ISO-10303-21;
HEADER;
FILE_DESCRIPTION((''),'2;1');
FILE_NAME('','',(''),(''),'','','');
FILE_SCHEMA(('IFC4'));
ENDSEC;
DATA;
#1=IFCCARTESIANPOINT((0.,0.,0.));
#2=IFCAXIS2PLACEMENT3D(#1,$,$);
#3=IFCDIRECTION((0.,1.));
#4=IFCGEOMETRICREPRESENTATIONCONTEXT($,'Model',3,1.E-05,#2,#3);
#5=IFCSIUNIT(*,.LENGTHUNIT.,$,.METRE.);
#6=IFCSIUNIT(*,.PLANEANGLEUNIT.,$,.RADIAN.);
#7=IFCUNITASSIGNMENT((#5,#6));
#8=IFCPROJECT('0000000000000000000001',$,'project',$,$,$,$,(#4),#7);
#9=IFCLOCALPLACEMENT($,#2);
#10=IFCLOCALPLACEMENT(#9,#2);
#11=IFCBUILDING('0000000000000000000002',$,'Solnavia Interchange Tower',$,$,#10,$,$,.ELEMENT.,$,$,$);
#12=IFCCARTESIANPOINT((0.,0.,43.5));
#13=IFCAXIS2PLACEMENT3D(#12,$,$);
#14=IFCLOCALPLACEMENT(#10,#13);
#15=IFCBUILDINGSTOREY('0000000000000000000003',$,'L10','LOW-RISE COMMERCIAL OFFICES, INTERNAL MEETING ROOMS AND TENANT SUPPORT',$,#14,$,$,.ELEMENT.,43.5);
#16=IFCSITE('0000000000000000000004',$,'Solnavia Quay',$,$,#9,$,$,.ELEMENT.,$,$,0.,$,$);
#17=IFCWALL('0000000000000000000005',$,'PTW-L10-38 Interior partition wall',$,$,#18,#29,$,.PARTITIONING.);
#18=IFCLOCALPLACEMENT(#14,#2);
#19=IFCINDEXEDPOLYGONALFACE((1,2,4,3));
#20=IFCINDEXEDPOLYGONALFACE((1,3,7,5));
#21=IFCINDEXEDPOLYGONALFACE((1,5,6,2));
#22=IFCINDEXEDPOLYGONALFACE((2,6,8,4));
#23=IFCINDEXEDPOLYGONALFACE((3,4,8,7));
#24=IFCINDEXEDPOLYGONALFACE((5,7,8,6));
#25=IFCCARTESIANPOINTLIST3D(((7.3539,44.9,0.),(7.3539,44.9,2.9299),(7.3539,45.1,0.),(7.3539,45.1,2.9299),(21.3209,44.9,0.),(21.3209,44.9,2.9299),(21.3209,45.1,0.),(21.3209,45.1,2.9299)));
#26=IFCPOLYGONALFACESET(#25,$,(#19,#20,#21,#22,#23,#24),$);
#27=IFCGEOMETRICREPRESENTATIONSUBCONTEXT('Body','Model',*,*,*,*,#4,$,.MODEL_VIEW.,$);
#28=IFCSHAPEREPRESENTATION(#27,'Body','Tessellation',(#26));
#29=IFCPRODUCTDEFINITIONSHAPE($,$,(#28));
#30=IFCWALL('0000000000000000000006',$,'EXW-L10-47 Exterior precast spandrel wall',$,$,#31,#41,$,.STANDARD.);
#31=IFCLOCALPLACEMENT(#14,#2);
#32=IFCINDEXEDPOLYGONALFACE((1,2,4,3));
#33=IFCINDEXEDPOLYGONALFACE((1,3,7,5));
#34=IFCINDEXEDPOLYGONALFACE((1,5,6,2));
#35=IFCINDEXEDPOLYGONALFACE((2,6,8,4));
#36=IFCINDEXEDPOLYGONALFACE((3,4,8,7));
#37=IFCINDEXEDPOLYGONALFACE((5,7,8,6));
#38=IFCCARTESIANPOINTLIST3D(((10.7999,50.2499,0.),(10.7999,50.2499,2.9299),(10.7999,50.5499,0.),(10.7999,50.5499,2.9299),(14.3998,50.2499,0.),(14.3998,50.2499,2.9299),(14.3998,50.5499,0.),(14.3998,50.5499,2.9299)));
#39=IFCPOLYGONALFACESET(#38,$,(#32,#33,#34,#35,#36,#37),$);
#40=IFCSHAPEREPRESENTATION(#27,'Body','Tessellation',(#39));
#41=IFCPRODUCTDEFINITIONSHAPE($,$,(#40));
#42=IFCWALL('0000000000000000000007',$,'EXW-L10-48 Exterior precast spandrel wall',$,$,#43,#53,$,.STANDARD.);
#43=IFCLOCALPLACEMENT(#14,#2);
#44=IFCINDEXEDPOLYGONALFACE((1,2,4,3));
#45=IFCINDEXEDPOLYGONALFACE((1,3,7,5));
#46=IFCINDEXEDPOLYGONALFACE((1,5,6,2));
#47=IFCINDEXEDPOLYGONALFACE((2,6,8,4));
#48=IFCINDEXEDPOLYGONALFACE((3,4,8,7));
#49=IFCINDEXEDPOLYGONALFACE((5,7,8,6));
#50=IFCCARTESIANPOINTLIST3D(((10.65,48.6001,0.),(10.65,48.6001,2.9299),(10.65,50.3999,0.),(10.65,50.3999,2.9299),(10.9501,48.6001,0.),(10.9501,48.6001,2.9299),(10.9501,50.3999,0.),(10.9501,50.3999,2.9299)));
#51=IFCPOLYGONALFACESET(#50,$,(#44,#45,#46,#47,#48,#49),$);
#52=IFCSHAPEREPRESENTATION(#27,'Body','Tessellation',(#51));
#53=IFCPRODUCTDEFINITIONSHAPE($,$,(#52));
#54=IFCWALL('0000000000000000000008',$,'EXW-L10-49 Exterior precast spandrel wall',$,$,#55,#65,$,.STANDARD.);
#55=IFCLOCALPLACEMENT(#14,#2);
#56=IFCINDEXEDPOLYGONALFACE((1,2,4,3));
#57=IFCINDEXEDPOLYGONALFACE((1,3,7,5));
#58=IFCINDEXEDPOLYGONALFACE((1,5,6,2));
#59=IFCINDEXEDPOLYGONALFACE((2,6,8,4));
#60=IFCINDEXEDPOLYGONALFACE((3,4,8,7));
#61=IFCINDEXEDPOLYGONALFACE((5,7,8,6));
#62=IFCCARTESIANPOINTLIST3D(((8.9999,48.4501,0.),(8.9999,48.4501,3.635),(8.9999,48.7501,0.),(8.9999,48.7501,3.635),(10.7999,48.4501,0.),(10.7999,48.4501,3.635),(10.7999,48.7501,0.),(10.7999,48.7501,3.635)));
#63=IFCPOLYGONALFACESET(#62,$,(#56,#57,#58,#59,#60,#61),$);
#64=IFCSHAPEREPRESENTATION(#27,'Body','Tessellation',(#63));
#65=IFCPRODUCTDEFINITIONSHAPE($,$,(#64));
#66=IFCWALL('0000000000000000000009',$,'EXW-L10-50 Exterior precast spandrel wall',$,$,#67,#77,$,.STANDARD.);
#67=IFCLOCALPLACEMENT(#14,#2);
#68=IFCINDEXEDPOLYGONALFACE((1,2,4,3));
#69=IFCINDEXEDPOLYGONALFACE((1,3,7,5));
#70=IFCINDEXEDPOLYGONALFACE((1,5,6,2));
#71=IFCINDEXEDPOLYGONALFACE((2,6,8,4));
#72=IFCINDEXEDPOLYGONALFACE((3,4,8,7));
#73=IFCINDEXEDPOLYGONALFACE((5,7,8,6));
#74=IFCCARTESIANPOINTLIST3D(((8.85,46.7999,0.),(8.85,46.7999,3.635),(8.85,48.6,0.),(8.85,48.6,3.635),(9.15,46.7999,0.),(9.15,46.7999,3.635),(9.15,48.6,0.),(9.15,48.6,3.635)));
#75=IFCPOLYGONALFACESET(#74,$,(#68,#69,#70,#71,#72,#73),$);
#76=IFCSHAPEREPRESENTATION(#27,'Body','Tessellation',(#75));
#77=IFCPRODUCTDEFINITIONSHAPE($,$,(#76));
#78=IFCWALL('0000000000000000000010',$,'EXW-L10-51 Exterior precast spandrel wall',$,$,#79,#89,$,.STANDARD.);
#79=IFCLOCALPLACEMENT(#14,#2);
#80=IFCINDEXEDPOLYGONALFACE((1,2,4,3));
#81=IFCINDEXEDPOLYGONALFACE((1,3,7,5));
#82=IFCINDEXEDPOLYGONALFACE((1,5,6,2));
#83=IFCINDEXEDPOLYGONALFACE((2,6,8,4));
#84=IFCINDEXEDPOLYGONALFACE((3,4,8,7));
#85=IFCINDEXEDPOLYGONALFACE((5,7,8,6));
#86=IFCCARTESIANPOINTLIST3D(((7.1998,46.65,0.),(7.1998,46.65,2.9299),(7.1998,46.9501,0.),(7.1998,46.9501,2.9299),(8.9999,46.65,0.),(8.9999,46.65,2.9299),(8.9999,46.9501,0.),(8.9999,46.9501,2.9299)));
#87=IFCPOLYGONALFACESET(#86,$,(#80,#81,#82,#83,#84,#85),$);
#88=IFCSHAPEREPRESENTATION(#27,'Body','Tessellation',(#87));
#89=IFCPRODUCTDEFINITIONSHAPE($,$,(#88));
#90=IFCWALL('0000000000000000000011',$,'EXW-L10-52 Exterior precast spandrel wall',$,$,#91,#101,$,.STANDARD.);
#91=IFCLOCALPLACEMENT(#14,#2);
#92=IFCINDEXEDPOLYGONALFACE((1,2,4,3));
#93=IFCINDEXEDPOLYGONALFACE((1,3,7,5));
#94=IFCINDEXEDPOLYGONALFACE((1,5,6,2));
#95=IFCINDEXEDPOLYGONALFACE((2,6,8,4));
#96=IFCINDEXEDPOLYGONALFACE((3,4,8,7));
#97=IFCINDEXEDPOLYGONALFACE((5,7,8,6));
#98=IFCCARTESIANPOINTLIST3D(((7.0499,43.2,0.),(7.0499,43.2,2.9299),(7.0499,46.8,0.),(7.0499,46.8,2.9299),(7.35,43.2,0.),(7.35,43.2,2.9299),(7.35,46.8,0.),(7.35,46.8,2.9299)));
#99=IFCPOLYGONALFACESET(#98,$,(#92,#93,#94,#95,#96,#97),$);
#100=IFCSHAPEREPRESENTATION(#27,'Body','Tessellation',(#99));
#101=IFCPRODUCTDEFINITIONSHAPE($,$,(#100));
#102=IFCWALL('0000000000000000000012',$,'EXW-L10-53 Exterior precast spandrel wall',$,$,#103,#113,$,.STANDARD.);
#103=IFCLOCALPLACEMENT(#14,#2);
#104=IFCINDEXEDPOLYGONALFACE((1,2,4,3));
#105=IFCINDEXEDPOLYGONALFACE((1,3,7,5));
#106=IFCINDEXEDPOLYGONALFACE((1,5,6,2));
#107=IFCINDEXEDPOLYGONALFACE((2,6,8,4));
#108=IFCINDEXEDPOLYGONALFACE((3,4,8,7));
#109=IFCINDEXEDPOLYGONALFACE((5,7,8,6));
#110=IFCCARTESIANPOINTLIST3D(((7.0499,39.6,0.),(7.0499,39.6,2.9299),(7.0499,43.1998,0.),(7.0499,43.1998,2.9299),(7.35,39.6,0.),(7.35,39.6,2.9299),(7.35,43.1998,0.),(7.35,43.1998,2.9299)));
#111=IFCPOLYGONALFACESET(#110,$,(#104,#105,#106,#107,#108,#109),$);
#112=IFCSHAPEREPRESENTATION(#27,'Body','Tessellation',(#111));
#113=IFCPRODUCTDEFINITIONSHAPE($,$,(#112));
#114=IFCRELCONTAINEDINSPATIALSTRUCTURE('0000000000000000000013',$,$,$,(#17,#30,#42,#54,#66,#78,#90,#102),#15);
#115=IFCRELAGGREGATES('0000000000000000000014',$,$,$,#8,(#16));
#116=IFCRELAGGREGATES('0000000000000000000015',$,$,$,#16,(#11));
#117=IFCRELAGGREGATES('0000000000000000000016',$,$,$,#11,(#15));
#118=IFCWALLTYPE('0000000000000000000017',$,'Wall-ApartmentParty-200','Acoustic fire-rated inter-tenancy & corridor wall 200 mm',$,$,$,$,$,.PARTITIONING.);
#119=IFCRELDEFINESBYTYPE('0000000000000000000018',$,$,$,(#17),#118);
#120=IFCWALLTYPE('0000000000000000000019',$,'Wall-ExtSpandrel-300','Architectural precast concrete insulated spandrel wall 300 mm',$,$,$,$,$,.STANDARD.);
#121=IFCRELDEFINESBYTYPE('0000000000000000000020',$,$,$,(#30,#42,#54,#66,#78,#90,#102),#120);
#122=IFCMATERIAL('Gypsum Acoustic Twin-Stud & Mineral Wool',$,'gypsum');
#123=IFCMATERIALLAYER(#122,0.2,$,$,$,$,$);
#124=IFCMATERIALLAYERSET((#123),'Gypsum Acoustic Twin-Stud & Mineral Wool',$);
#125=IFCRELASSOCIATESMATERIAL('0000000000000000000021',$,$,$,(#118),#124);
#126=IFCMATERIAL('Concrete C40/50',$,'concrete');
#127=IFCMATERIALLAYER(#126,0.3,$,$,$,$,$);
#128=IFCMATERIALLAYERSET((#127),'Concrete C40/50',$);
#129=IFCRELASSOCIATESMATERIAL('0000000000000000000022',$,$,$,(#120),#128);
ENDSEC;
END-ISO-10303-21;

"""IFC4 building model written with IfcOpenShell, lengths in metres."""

from ifc_helpers import new_model, si_unit, direction, frame, frame_2d, origin, place, context, subcontext, project, spatial, rectangle, extrude, material, layer, layer_set, type_object, element, save


model = new_model("IFC4")

# Units and contexts
model_context = context("Model", 3, precision=1e-05, world=origin(), true_north=direction((0.0, 1.0)))
body_context = subcontext(model_context, "Body", "Model", "MODEL_VIEW")
ifc_project = project(units=[si_unit("LENGTHUNIT", "METRE"), si_unit("PLANEANGLEUNIT", "RADIAN")], contexts=[model_context])

# Site, building, storey
site_placement = place(None, origin())
site = spatial("IfcSite", under=ifc_project, at=site_placement, Name="Solnavia Quay", CompositionType="ELEMENT", RefElevation=0.0)
building_placement = place(site_placement, origin())
building = spatial("IfcBuilding", under=site, at=building_placement, Name="Solnavia Interchange Tower", CompositionType="ELEMENT")
storey_placement = place(building_placement, frame((0.0, 0.0, 43.5)))
storey = spatial("IfcBuildingStorey", under=building, at=storey_placement, Name="L10", Description="LOW-RISE COMMERCIAL OFFICES, INTERNAL MEETING ROOMS AND TENANT SUPPORT", CompositionType="ELEMENT", Elevation=43.5)

# Walls
ifc_material_1 = material(Name="Gypsum Acoustic Twin-Stud & Mineral Wool", Category="gypsum")
ifc_layer_1 = layer(ifc_material_1, 0.2)
ifc_layer_set_1 = layer_set([ifc_layer_1], Name="Gypsum Acoustic Twin-Stud & Mineral Wool")
wall_type_1 = type_object("IfcWallType", Name="Wall-ApartmentParty-200", Description="Acoustic fire-rated inter-tenancy & corridor wall 200 mm", PredefinedType="PARTITIONING", material=ifc_layer_set_1)
wall_1_placement = place(storey_placement, frame((7.354, 45.0, 0.0), z_axis=(0.0, 0.0, 1.0), x_axis=(1.0, 0.0, 0.0)))
element("IfcWall", 1, at=wall_1_placement, inside=storey, type_object=wall_type_1, Name="PTW-L10-38 Interior partition wall", PredefinedType="PARTITIONING", context=body_context, shape_type="SweptSolid", body=[
    extrude(rectangle(XDim=13.967, YDim=0.2, at=frame_2d((6.9834, 0.0))), origin(), (0.0, 0.0, 1.0), 2.9299),
])
ifc_material_2 = material(Name="Concrete C40/50", Category="concrete")
ifc_layer_2 = layer(ifc_material_2, 0.3)
ifc_layer_set_2 = layer_set([ifc_layer_2], Name="Concrete C40/50")
wall_type_2 = type_object("IfcWallType", Name="Wall-ExtSpandrel-300", Description="Architectural precast concrete insulated spandrel wall 300 mm", PredefinedType="STANDARD", material=ifc_layer_set_2)
wall_2_placement = place(storey_placement, frame((10.8, 50.3999, 0.0), z_axis=(0.0, 0.0, 1.0), x_axis=(1.0, 0.0, 0.0)))
element("IfcWall", 2, at=wall_2_placement, inside=storey, type_object=wall_type_2, Name="EXW-L10-47 Exterior precast spandrel wall", PredefinedType="STANDARD", context=body_context, shape_type="SweptSolid", body=[
    extrude(rectangle(XDim=3.5999, YDim=0.3, at=frame_2d((1.7998, 0.0))), origin(), (0.0, 0.0, 1.0), 2.9299),
])
wall_3_placement = place(storey_placement, frame((10.8, 48.6001, 0.0), z_axis=(0.0, 0.0, 1.0), x_axis=(0.0, 1.0, 0.0)))
element("IfcWall", 3, at=wall_3_placement, inside=storey, type_object=wall_type_2, Name="EXW-L10-48 Exterior precast spandrel wall", PredefinedType="STANDARD", context=body_context, shape_type="SweptSolid", body=[
    extrude(rectangle(XDim=1.7998, YDim=0.3, at=frame_2d((0.8999, 0.0))), origin(), (0.0, 0.0, 1.0), 2.9299),
])
for number, where, z_axis, x_axis, name in (
    (4, (9.0, 48.6001, 0.0), (0.0, 0.0, 1.0), (1.0, 0.0, 0.0), "EXW-L10-49 Exterior precast spandrel wall"),
    (5, (9.0, 46.8, 0.0), (0.0, 0.0, 1.0), (0.0, 1.0, 0.0), "EXW-L10-50 Exterior precast spandrel wall"),
):
    element("IfcWall", number, at=place(storey_placement, frame(where, z_axis=z_axis, x_axis=x_axis)), inside=storey, type_object=wall_type_2, Name=name, PredefinedType="STANDARD", context=body_context, shape_type="SweptSolid", body=[
        extrude(rectangle(XDim=1.8, YDim=0.3, at=frame_2d((0.8999, 0.0))), origin(), (0.0, 0.0, 1.0), 3.635),
    ])
wall_4_placement = place(storey_placement, frame((7.2, 46.8, 0.0), z_axis=(0.0, 0.0, 1.0), x_axis=(1.0, 0.0, 0.0)))
element("IfcWall", 6, at=wall_4_placement, inside=storey, type_object=wall_type_2, Name="EXW-L10-51 Exterior precast spandrel wall", PredefinedType="STANDARD", context=body_context, shape_type="SweptSolid", body=[
    extrude(rectangle(XDim=1.8, YDim=0.3, at=frame_2d((0.8999, 0.0))), origin(), (0.0, 0.0, 1.0), 2.9299),
])
wall_5_placement = place(storey_placement, frame((7.2, 43.2, 0.0), z_axis=(0.0, 0.0, 1.0), x_axis=(0.0, 1.0, 0.0)))
element("IfcWall", 7, at=wall_5_placement, inside=storey, type_object=wall_type_2, Name="EXW-L10-52 Exterior precast spandrel wall", PredefinedType="STANDARD", context=body_context, shape_type="SweptSolid", body=[
    extrude(rectangle(XDim=3.6001, YDim=0.3, at=frame_2d((1.8, 0.0))), origin(), (0.0, 0.0, 1.0), 2.9299),
])
wall_6_placement = place(storey_placement, frame((7.2, 39.6001, 0.0), z_axis=(0.0, 0.0, 1.0), x_axis=(0.0, 1.0, 0.0)))
element("IfcWall", 8, at=wall_6_placement, inside=storey, type_object=wall_type_2, Name="EXW-L10-53 Exterior precast spandrel wall", PredefinedType="STANDARD", context=body_context, shape_type="SweptSolid", body=[
    extrude(rectangle(XDim=3.5999, YDim=0.3, at=frame_2d((1.7998, 0.0))), origin(), (0.0, 0.0, 1.0), 2.9299),
])

save(model, "model.ifc")
